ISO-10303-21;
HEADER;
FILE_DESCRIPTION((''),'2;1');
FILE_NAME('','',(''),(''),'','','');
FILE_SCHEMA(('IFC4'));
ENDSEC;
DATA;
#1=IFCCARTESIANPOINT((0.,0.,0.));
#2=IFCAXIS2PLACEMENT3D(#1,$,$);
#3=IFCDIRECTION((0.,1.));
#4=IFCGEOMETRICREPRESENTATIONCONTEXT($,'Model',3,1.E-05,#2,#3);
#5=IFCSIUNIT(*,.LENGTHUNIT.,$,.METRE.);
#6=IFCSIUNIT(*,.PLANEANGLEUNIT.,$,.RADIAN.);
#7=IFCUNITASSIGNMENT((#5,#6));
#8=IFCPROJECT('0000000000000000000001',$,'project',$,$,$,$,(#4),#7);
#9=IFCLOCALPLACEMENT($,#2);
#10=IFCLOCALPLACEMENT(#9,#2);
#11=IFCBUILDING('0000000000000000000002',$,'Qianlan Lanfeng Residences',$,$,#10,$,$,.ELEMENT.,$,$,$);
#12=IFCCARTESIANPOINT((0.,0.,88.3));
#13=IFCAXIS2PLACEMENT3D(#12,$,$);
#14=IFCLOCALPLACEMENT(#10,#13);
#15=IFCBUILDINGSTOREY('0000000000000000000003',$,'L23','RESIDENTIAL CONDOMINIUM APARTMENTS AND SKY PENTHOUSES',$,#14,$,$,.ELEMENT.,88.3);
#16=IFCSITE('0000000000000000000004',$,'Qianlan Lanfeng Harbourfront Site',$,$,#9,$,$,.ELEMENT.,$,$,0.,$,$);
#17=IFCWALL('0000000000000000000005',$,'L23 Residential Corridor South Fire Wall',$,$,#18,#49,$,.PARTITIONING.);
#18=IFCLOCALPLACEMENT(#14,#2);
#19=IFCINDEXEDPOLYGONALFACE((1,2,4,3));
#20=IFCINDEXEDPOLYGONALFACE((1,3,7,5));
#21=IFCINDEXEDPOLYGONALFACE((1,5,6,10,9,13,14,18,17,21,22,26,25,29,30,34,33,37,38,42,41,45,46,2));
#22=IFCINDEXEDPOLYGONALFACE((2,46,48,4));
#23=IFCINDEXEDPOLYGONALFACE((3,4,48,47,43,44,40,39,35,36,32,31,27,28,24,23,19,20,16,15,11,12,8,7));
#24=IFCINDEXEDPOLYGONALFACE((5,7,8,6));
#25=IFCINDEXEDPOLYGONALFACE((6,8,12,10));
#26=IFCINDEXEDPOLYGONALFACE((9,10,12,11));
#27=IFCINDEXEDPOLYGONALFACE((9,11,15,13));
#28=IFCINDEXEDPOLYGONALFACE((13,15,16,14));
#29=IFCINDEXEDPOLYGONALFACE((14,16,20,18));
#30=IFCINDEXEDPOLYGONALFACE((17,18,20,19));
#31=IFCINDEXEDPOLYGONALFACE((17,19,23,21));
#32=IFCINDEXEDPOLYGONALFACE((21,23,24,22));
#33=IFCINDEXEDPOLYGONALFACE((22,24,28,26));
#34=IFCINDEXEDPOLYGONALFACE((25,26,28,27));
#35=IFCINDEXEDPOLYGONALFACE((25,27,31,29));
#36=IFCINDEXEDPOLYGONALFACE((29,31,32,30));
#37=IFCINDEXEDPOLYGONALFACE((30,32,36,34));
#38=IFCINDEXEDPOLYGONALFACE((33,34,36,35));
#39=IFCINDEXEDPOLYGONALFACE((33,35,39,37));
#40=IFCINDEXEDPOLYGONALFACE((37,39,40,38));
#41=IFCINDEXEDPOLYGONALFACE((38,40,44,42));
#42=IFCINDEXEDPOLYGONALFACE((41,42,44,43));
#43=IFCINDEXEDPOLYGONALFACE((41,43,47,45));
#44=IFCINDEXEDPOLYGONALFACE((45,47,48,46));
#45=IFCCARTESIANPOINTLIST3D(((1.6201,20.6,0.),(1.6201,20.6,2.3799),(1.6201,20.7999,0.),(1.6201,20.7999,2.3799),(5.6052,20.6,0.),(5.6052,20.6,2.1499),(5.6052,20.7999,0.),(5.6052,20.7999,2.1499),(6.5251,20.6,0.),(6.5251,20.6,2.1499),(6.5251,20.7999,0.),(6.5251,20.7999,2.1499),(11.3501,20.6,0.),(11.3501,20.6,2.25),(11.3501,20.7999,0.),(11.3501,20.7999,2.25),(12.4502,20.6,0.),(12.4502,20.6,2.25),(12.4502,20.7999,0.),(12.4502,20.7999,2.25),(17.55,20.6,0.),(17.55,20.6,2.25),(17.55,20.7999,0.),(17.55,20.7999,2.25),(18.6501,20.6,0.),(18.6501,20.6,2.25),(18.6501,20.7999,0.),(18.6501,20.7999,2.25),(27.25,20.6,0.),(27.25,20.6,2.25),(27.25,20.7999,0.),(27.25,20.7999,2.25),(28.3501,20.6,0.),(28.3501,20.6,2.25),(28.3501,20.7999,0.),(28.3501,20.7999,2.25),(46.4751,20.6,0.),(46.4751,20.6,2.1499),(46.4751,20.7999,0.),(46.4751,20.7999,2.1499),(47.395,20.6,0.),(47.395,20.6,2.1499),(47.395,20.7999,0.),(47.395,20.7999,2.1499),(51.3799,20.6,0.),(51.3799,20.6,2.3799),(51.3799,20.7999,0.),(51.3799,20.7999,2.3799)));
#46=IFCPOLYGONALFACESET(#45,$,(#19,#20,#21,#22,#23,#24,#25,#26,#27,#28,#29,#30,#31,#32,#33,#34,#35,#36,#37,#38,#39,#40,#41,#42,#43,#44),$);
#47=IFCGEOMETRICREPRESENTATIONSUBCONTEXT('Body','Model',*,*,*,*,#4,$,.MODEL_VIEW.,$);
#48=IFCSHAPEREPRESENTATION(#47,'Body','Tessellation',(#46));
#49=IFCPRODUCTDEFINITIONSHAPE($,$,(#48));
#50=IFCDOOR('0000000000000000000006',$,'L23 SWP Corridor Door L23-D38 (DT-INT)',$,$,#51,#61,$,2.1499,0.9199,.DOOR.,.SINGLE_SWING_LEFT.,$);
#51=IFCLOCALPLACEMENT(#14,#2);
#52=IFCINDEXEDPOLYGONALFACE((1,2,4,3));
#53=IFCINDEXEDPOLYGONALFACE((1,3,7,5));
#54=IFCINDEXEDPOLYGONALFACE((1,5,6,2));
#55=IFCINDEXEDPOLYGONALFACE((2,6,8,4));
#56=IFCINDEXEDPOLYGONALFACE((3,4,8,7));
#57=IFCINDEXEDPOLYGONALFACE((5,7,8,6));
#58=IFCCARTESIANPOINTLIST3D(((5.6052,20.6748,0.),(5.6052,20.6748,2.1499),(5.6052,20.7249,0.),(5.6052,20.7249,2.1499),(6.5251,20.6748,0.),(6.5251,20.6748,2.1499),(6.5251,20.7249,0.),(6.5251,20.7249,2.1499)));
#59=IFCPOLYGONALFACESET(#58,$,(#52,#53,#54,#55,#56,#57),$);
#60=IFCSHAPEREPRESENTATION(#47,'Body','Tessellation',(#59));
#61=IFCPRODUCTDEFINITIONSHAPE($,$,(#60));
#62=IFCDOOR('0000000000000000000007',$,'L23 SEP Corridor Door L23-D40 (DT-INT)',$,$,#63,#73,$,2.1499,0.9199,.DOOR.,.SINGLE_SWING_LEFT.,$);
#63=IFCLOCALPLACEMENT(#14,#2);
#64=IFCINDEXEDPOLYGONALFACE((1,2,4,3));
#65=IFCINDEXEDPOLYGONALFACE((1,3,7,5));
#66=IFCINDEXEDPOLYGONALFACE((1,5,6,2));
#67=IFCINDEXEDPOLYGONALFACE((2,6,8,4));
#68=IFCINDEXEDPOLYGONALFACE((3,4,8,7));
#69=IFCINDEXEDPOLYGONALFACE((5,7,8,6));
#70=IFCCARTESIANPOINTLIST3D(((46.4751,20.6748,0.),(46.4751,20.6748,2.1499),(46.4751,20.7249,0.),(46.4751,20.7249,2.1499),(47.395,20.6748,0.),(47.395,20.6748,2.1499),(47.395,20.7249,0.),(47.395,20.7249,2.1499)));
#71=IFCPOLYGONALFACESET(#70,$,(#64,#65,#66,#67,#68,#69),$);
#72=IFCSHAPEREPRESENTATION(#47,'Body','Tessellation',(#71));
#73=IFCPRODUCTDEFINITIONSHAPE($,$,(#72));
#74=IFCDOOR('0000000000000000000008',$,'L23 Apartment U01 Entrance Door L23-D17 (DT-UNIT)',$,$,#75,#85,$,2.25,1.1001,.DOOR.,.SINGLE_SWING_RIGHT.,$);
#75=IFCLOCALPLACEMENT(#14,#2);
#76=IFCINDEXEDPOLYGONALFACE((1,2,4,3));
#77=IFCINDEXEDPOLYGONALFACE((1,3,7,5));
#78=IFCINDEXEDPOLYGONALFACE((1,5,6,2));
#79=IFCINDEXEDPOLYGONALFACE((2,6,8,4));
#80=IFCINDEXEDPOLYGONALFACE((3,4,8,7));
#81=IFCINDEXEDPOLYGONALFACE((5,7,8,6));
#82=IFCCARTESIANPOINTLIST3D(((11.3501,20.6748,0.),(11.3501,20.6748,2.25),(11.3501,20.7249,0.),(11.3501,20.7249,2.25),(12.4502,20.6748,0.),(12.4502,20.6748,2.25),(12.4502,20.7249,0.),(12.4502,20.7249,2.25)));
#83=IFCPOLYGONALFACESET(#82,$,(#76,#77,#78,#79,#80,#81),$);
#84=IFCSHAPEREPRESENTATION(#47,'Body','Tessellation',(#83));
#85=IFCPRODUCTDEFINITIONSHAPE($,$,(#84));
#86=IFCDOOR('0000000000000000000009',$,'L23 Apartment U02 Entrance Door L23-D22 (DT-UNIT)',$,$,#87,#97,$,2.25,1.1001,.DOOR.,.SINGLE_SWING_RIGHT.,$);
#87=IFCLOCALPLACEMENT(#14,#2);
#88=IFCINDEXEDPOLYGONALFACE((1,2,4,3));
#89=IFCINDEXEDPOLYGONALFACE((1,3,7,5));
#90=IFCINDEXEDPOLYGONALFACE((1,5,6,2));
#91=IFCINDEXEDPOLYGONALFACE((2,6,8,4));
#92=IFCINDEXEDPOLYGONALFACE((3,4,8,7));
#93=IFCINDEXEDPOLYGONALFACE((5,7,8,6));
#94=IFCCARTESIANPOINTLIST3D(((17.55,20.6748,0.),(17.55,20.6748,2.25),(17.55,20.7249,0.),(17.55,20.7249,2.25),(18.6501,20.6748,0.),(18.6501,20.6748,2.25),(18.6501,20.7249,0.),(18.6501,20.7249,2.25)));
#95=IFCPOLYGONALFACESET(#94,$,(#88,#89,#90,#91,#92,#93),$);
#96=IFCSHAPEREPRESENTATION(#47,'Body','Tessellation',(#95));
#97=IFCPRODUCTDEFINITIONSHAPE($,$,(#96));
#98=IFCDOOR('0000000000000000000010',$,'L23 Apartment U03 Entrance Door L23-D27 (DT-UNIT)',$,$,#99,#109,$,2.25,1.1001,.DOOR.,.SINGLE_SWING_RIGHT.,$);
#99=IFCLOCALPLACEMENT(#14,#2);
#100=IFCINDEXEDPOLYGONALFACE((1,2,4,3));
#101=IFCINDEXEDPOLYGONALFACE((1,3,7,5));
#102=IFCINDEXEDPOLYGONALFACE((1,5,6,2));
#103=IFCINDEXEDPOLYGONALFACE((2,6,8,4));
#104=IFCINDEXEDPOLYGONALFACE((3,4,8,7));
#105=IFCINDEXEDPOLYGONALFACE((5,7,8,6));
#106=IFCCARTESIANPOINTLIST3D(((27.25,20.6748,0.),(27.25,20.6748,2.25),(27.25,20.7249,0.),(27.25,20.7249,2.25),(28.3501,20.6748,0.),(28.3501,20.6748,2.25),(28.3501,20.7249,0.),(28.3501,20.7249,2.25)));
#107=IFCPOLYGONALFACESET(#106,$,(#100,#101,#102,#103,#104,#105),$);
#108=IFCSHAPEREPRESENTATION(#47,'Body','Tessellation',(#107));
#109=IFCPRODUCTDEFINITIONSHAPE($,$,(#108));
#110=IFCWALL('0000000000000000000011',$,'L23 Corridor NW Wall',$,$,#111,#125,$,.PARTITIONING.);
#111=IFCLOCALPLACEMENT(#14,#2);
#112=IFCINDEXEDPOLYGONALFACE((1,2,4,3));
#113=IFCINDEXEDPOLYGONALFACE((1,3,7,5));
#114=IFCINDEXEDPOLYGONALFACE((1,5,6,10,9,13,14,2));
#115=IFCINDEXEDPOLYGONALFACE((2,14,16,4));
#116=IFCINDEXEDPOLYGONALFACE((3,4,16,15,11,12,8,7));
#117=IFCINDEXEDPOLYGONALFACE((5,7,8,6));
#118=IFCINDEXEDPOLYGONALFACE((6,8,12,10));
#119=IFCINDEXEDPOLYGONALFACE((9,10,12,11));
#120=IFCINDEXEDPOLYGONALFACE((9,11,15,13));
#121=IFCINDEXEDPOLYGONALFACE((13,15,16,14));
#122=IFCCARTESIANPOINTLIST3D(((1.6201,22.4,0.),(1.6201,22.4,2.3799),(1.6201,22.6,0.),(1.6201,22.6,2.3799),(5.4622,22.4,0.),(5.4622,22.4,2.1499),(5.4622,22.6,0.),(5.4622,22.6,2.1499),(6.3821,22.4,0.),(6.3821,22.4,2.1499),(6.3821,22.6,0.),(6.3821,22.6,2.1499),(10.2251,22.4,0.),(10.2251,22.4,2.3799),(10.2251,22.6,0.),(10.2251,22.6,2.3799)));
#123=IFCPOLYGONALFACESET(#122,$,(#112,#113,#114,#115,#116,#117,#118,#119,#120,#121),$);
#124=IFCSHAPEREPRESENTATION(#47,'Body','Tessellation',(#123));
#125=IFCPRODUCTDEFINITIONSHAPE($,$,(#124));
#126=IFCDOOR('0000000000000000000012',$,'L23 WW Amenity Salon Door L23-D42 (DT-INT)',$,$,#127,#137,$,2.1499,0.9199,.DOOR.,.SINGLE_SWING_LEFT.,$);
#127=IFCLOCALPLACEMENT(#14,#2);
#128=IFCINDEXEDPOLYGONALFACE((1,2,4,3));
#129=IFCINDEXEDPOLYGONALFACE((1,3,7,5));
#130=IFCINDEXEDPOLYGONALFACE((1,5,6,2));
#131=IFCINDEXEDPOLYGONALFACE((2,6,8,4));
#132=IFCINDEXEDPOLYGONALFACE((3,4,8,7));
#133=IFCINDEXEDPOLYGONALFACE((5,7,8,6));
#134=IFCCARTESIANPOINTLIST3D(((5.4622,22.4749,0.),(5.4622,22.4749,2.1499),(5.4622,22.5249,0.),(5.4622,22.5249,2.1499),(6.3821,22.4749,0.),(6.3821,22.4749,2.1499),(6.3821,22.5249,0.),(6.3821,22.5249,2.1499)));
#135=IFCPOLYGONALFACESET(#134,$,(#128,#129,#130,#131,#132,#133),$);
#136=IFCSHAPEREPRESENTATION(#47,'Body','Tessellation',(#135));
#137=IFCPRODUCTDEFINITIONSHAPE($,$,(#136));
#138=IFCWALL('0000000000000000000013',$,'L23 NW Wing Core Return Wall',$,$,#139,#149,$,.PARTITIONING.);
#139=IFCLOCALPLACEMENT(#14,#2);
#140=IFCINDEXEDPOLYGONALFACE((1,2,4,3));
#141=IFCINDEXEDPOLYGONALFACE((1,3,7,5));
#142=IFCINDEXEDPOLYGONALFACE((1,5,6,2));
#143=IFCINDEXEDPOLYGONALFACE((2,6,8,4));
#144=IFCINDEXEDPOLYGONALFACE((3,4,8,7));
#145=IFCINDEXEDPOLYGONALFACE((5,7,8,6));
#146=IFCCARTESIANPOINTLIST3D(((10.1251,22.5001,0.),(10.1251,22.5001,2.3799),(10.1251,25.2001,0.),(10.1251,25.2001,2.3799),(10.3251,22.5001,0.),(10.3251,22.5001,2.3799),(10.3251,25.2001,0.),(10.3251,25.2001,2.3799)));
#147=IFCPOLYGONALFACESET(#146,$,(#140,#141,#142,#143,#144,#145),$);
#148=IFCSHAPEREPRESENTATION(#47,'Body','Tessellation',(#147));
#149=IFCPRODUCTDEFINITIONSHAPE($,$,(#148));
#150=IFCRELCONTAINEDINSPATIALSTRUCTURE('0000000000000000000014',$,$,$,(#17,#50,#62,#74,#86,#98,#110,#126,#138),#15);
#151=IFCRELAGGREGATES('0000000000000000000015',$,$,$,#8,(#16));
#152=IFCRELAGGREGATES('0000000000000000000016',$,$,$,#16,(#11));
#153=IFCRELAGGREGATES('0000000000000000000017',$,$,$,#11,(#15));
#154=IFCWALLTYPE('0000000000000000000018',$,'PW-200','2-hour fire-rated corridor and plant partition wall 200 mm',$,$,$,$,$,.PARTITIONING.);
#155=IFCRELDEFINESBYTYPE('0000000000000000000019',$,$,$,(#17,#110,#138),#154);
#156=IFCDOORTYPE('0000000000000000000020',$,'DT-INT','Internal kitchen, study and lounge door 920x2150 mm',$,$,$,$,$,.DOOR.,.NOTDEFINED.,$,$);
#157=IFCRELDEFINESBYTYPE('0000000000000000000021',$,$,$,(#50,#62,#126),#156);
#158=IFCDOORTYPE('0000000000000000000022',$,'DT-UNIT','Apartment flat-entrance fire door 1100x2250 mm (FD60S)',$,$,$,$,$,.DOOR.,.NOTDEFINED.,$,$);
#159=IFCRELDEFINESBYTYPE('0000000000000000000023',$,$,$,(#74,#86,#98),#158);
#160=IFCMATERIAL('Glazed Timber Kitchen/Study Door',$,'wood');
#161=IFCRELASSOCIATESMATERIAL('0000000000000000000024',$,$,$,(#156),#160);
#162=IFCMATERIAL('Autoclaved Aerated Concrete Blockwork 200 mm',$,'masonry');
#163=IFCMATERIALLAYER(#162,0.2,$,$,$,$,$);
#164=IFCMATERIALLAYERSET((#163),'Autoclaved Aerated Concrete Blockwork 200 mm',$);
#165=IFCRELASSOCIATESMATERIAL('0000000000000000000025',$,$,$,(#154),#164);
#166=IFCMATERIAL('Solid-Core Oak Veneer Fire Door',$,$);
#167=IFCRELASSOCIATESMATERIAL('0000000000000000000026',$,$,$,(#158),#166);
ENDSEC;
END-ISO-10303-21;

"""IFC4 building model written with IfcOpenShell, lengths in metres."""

from ifc_helpers import new_model, si_unit, direction, frame, frame_2d, origin, place, context, subcontext, project, spatial, rectangle, extrude, material, layer, layer_set, type_object, element, fill, save


model = new_model("IFC4")

# Units and contexts
model_context = context("Model", 3, precision=1e-05, world=origin(), true_north=direction((0.0, 1.0)))
body_context = subcontext(model_context, "Body", "Model", "MODEL_VIEW")
ifc_project = project(units=[si_unit("LENGTHUNIT", "METRE"), si_unit("PLANEANGLEUNIT", "RADIAN")], contexts=[model_context])

# Site, building, storey
site_placement = place(None, origin())
site = spatial("IfcSite", under=ifc_project, at=site_placement, Name="Qianlan Lanfeng Harbourfront Site", CompositionType="ELEMENT", RefElevation=0.0)
building_placement = place(site_placement, origin())
building = spatial("IfcBuilding", under=site, at=building_placement, Name="Qianlan Lanfeng Residences", CompositionType="ELEMENT")
storey_placement = place(building_placement, frame((0.0, 0.0, 88.3)))
storey = spatial("IfcBuildingStorey", under=building, at=storey_placement, Name="L23", Description="RESIDENTIAL CONDOMINIUM APARTMENTS AND SKY PENTHOUSES", CompositionType="ELEMENT", Elevation=88.3)

# Shared definitions
ifc_material_1 = material(Name="Glazed Timber Kitchen/Study Door", Category="wood")
door_type_1 = type_object("IfcDoorType", Name="DT-INT", Description="Internal kitchen, study and lounge door 920x2150 mm", OperationType="NOTDEFINED", PredefinedType="DOOR", material=ifc_material_1)

# Wall, openings, doors
ifc_material_2 = material(Name="Autoclaved Aerated Concrete Blockwork 200 mm", Category="masonry")
ifc_layer_1 = layer(ifc_material_2, 0.2)
ifc_layer_set_1 = layer_set([ifc_layer_1], Name="Autoclaved Aerated Concrete Blockwork 200 mm")
wall_type_1 = type_object("IfcWallType", Name="PW-200", Description="2-hour fire-rated corridor and plant partition wall 200 mm", PredefinedType="PARTITIONING", material=ifc_layer_set_1)
wall_1_placement = place(storey_placement, frame((1.6201, 20.7, 0.0), z_axis=(0.0, 0.0, 1.0), x_axis=(1.0, 0.0, 0.0)))
wall_1 = element("IfcWall", 1, at=wall_1_placement, inside=storey, type_object=wall_type_1, Name="L23 Residential Corridor South Fire Wall", PredefinedType="PARTITIONING", context=body_context, shape_type="SweptSolid", body=[
    extrude(rectangle(XDim=49.7598, YDim=0.2, at=frame_2d((24.8799, 0.0))), origin(), (0.0, 0.0, 1.0), 2.3799),
])
opening_1_placement = place(wall_1_placement, frame((9.73, 0.0, 0.0)))
opening_1 = element("IfcOpeningElement", 2, at=opening_1_placement, cuts=wall_1, PredefinedType="OPENING", context=body_context, shape_type="SweptSolid", body=[
    extrude(rectangle(XDim=1.1001, YDim=2.25, at=frame_2d((0.55, 1.125))), frame((0.0, 0.1099, 0.0), z_axis=(0.0, -1.0, 0.0), x_axis=(1.0, 0.0, 0.0)), (0.0, 0.0, 1.0), 0.22),
])
opening_2_placement = place(wall_1_placement, frame((15.9299, 0.0, 0.0)))
opening_2 = element("IfcOpeningElement", 3, at=opening_2_placement, cuts=wall_1, PredefinedType="OPENING", context=body_context, shape_type="SweptSolid", body=[
    extrude(rectangle(XDim=1.1001, YDim=2.25, at=frame_2d((0.55, 1.125))), frame((0.0, 0.1099, 0.0), z_axis=(0.0, -1.0, 0.0), x_axis=(1.0, 0.0, 0.0)), (0.0, 0.0, 1.0), 0.22),
])
opening_3_placement = place(wall_1_placement, frame((25.6299, 0.0, 0.0)))
opening_3 = element("IfcOpeningElement", 4, at=opening_3_placement, cuts=wall_1, PredefinedType="OPENING", context=body_context, shape_type="SweptSolid", body=[
    extrude(rectangle(XDim=1.1001, YDim=2.25, at=frame_2d((0.55, 1.125))), frame((0.0, 0.1099, 0.0), z_axis=(0.0, -1.0, 0.0), x_axis=(1.0, 0.0, 0.0)), (0.0, 0.0, 1.0), 0.22),
])
opening_4_placement = place(wall_1_placement, frame((3.9851, 0.0, 0.0)))
opening_4 = element("IfcOpeningElement", 5, at=opening_4_placement, cuts=wall_1, PredefinedType="OPENING", context=body_context, shape_type="SweptSolid", body=[
    extrude(rectangle(XDim=0.9199, YDim=2.1499, at=frame_2d((0.46, 1.075))), frame((0.0, 0.1099, 0.0), z_axis=(0.0, -1.0, 0.0), x_axis=(1.0, 0.0, 0.0)), (0.0, 0.0, 1.0), 0.22),
])
opening_5_placement = place(wall_1_placement, frame((44.855, 0.0, 0.0)))
opening_5 = element("IfcOpeningElement", 6, at=opening_5_placement, cuts=wall_1, PredefinedType="OPENING", context=body_context, shape_type="SweptSolid", body=[
    extrude(rectangle(XDim=0.9199, YDim=2.1499, at=frame_2d((0.46, 1.075))), frame((0.0, 0.1099, 0.0), z_axis=(0.0, -1.0, 0.0), x_axis=(1.0, 0.0, 0.0)), (0.0, 0.0, 1.0), 0.22),
])
door_1_placement = place(opening_4_placement, origin())
door_1 = element("IfcDoor", 7, at=door_1_placement, inside=storey, type_object=door_type_1, Name="L23 SWP Corridor Door L23-D38 (DT-INT)", OperationType="SINGLE_SWING_LEFT", OverallHeight=2.1499, OverallWidth=0.9199, PredefinedType="DOOR", context=body_context, shape_type="SweptSolid", body=[
    extrude(rectangle(XDim=0.9199, YDim=2.1499, at=frame_2d((0.46, 1.075))), frame((0.0, 0.0249, 0.0), z_axis=(0.0, -1.0, 0.0), x_axis=(1.0, 0.0, 0.0)), (0.0, 0.0, 1.0), 0.05),
])
fill(opening_4, door_1)
door_2_placement = place(opening_5_placement, origin())
door_2 = element("IfcDoor", 8, at=door_2_placement, inside=storey, type_object=door_type_1, Name="L23 SEP Corridor Door L23-D40 (DT-INT)", OperationType="SINGLE_SWING_LEFT", OverallHeight=2.1499, OverallWidth=0.9199, PredefinedType="DOOR", context=body_context, shape_type="SweptSolid", body=[
    extrude(rectangle(XDim=0.9199, YDim=2.1499, at=frame_2d((0.46, 1.075))), frame((0.0, 0.0249, 0.0), z_axis=(0.0, -1.0, 0.0), x_axis=(1.0, 0.0, 0.0)), (0.0, 0.0, 1.0), 0.05),
])
fill(opening_5, door_2)
ifc_material_3 = material(Name="Solid-Core Oak Veneer Fire Door")
door_type_2 = type_object("IfcDoorType", Name="DT-UNIT", Description="Apartment flat-entrance fire door 1100x2250 mm (FD60S)", OperationType="NOTDEFINED", PredefinedType="DOOR", material=ifc_material_3)
door_3_placement = place(opening_1_placement, origin())
door_3 = element("IfcDoor", 9, at=door_3_placement, inside=storey, type_object=door_type_2, Name="L23 Apartment U01 Entrance Door L23-D17 (DT-UNIT)", OperationType="SINGLE_SWING_RIGHT", OverallHeight=2.25, OverallWidth=1.1001, PredefinedType="DOOR", context=body_context, shape_type="SweptSolid", body=[
    extrude(rectangle(XDim=1.1001, YDim=2.25, at=frame_2d((0.55, 1.125))), frame((0.0, 0.0249, 0.0), z_axis=(0.0, -1.0, 0.0), x_axis=(1.0, 0.0, 0.0)), (0.0, 0.0, 1.0), 0.05),
])
fill(opening_1, door_3)
door_4_placement = place(opening_2_placement, origin())
door_4 = element("IfcDoor", 10, at=door_4_placement, inside=storey, type_object=door_type_2, Name="L23 Apartment U02 Entrance Door L23-D22 (DT-UNIT)", OperationType="SINGLE_SWING_RIGHT", OverallHeight=2.25, OverallWidth=1.1001, PredefinedType="DOOR", context=body_context, shape_type="SweptSolid", body=[
    extrude(rectangle(XDim=1.1001, YDim=2.25, at=frame_2d((0.55, 1.125))), frame((0.0, 0.0249, 0.0), z_axis=(0.0, -1.0, 0.0), x_axis=(1.0, 0.0, 0.0)), (0.0, 0.0, 1.0), 0.05),
])
fill(opening_2, door_4)
door_5_placement = place(opening_3_placement, origin())
door_5 = element("IfcDoor", 11, at=door_5_placement, inside=storey, type_object=door_type_2, Name="L23 Apartment U03 Entrance Door L23-D27 (DT-UNIT)", OperationType="SINGLE_SWING_RIGHT", OverallHeight=2.25, OverallWidth=1.1001, PredefinedType="DOOR", context=body_context, shape_type="SweptSolid", body=[
    extrude(rectangle(XDim=1.1001, YDim=2.25, at=frame_2d((0.55, 1.125))), frame((0.0, 0.0249, 0.0), z_axis=(0.0, -1.0, 0.0), x_axis=(1.0, 0.0, 0.0)), (0.0, 0.0, 1.0), 0.05),
])
fill(opening_3, door_5)

# Wall, opening, door
wall_2_placement = place(storey_placement, frame((1.6201, 22.5, 0.0), z_axis=(0.0, 0.0, 1.0), x_axis=(1.0, 0.0, 0.0)))
wall_2 = element("IfcWall", 12, at=wall_2_placement, inside=storey, type_object=wall_type_1, Name="L23 Corridor NW Wall", PredefinedType="PARTITIONING", context=body_context, shape_type="SweptSolid", body=[
    extrude(rectangle(XDim=8.605, YDim=0.2, at=frame_2d((4.3025, 0.0))), origin(), (0.0, 0.0, 1.0), 2.3799),
])
opening_6_placement = place(wall_2_placement, frame((3.842, 0.0, 0.0)))
opening_6 = element("IfcOpeningElement", 13, at=opening_6_placement, cuts=wall_2, PredefinedType="OPENING", context=body_context, shape_type="SweptSolid", body=[
    extrude(rectangle(XDim=0.9199, YDim=2.1499, at=frame_2d((0.46, 1.075))), frame((0.0, 0.1099, 0.0), z_axis=(0.0, -1.0, 0.0), x_axis=(1.0, 0.0, 0.0)), (0.0, 0.0, 1.0), 0.22),
])
door_6_placement = place(opening_6_placement, origin())
door_6 = element("IfcDoor", 14, at=door_6_placement, inside=storey, type_object=door_type_1, Name="L23 WW Amenity Salon Door L23-D42 (DT-INT)", OperationType="SINGLE_SWING_LEFT", OverallHeight=2.1499, OverallWidth=0.9199, PredefinedType="DOOR", context=body_context, shape_type="SweptSolid", body=[
    extrude(rectangle(XDim=0.9199, YDim=2.1499, at=frame_2d((0.46, 1.075))), frame((0.0, 0.0249, 0.0), z_axis=(0.0, -1.0, 0.0), x_axis=(1.0, 0.0, 0.0)), (0.0, 0.0, 1.0), 0.05),
])
fill(opening_6, door_6)

# Wall
wall_3_placement = place(storey_placement, frame((10.2251, 22.5, 0.0), z_axis=(0.0, 0.0, 1.0), x_axis=(0.0, 1.0, 0.0)))
element("IfcWall", 15, at=wall_3_placement, inside=storey, type_object=wall_type_1, Name="L23 NW Wing Core Return Wall", PredefinedType="PARTITIONING", context=body_context, shape_type="SweptSolid", body=[
    extrude(rectangle(XDim=2.7, YDim=0.2, at=frame_2d((1.3501, 0.0))), origin(), (0.0, 0.0, 1.0), 2.3799),
])

save(model, "model.ifc")
